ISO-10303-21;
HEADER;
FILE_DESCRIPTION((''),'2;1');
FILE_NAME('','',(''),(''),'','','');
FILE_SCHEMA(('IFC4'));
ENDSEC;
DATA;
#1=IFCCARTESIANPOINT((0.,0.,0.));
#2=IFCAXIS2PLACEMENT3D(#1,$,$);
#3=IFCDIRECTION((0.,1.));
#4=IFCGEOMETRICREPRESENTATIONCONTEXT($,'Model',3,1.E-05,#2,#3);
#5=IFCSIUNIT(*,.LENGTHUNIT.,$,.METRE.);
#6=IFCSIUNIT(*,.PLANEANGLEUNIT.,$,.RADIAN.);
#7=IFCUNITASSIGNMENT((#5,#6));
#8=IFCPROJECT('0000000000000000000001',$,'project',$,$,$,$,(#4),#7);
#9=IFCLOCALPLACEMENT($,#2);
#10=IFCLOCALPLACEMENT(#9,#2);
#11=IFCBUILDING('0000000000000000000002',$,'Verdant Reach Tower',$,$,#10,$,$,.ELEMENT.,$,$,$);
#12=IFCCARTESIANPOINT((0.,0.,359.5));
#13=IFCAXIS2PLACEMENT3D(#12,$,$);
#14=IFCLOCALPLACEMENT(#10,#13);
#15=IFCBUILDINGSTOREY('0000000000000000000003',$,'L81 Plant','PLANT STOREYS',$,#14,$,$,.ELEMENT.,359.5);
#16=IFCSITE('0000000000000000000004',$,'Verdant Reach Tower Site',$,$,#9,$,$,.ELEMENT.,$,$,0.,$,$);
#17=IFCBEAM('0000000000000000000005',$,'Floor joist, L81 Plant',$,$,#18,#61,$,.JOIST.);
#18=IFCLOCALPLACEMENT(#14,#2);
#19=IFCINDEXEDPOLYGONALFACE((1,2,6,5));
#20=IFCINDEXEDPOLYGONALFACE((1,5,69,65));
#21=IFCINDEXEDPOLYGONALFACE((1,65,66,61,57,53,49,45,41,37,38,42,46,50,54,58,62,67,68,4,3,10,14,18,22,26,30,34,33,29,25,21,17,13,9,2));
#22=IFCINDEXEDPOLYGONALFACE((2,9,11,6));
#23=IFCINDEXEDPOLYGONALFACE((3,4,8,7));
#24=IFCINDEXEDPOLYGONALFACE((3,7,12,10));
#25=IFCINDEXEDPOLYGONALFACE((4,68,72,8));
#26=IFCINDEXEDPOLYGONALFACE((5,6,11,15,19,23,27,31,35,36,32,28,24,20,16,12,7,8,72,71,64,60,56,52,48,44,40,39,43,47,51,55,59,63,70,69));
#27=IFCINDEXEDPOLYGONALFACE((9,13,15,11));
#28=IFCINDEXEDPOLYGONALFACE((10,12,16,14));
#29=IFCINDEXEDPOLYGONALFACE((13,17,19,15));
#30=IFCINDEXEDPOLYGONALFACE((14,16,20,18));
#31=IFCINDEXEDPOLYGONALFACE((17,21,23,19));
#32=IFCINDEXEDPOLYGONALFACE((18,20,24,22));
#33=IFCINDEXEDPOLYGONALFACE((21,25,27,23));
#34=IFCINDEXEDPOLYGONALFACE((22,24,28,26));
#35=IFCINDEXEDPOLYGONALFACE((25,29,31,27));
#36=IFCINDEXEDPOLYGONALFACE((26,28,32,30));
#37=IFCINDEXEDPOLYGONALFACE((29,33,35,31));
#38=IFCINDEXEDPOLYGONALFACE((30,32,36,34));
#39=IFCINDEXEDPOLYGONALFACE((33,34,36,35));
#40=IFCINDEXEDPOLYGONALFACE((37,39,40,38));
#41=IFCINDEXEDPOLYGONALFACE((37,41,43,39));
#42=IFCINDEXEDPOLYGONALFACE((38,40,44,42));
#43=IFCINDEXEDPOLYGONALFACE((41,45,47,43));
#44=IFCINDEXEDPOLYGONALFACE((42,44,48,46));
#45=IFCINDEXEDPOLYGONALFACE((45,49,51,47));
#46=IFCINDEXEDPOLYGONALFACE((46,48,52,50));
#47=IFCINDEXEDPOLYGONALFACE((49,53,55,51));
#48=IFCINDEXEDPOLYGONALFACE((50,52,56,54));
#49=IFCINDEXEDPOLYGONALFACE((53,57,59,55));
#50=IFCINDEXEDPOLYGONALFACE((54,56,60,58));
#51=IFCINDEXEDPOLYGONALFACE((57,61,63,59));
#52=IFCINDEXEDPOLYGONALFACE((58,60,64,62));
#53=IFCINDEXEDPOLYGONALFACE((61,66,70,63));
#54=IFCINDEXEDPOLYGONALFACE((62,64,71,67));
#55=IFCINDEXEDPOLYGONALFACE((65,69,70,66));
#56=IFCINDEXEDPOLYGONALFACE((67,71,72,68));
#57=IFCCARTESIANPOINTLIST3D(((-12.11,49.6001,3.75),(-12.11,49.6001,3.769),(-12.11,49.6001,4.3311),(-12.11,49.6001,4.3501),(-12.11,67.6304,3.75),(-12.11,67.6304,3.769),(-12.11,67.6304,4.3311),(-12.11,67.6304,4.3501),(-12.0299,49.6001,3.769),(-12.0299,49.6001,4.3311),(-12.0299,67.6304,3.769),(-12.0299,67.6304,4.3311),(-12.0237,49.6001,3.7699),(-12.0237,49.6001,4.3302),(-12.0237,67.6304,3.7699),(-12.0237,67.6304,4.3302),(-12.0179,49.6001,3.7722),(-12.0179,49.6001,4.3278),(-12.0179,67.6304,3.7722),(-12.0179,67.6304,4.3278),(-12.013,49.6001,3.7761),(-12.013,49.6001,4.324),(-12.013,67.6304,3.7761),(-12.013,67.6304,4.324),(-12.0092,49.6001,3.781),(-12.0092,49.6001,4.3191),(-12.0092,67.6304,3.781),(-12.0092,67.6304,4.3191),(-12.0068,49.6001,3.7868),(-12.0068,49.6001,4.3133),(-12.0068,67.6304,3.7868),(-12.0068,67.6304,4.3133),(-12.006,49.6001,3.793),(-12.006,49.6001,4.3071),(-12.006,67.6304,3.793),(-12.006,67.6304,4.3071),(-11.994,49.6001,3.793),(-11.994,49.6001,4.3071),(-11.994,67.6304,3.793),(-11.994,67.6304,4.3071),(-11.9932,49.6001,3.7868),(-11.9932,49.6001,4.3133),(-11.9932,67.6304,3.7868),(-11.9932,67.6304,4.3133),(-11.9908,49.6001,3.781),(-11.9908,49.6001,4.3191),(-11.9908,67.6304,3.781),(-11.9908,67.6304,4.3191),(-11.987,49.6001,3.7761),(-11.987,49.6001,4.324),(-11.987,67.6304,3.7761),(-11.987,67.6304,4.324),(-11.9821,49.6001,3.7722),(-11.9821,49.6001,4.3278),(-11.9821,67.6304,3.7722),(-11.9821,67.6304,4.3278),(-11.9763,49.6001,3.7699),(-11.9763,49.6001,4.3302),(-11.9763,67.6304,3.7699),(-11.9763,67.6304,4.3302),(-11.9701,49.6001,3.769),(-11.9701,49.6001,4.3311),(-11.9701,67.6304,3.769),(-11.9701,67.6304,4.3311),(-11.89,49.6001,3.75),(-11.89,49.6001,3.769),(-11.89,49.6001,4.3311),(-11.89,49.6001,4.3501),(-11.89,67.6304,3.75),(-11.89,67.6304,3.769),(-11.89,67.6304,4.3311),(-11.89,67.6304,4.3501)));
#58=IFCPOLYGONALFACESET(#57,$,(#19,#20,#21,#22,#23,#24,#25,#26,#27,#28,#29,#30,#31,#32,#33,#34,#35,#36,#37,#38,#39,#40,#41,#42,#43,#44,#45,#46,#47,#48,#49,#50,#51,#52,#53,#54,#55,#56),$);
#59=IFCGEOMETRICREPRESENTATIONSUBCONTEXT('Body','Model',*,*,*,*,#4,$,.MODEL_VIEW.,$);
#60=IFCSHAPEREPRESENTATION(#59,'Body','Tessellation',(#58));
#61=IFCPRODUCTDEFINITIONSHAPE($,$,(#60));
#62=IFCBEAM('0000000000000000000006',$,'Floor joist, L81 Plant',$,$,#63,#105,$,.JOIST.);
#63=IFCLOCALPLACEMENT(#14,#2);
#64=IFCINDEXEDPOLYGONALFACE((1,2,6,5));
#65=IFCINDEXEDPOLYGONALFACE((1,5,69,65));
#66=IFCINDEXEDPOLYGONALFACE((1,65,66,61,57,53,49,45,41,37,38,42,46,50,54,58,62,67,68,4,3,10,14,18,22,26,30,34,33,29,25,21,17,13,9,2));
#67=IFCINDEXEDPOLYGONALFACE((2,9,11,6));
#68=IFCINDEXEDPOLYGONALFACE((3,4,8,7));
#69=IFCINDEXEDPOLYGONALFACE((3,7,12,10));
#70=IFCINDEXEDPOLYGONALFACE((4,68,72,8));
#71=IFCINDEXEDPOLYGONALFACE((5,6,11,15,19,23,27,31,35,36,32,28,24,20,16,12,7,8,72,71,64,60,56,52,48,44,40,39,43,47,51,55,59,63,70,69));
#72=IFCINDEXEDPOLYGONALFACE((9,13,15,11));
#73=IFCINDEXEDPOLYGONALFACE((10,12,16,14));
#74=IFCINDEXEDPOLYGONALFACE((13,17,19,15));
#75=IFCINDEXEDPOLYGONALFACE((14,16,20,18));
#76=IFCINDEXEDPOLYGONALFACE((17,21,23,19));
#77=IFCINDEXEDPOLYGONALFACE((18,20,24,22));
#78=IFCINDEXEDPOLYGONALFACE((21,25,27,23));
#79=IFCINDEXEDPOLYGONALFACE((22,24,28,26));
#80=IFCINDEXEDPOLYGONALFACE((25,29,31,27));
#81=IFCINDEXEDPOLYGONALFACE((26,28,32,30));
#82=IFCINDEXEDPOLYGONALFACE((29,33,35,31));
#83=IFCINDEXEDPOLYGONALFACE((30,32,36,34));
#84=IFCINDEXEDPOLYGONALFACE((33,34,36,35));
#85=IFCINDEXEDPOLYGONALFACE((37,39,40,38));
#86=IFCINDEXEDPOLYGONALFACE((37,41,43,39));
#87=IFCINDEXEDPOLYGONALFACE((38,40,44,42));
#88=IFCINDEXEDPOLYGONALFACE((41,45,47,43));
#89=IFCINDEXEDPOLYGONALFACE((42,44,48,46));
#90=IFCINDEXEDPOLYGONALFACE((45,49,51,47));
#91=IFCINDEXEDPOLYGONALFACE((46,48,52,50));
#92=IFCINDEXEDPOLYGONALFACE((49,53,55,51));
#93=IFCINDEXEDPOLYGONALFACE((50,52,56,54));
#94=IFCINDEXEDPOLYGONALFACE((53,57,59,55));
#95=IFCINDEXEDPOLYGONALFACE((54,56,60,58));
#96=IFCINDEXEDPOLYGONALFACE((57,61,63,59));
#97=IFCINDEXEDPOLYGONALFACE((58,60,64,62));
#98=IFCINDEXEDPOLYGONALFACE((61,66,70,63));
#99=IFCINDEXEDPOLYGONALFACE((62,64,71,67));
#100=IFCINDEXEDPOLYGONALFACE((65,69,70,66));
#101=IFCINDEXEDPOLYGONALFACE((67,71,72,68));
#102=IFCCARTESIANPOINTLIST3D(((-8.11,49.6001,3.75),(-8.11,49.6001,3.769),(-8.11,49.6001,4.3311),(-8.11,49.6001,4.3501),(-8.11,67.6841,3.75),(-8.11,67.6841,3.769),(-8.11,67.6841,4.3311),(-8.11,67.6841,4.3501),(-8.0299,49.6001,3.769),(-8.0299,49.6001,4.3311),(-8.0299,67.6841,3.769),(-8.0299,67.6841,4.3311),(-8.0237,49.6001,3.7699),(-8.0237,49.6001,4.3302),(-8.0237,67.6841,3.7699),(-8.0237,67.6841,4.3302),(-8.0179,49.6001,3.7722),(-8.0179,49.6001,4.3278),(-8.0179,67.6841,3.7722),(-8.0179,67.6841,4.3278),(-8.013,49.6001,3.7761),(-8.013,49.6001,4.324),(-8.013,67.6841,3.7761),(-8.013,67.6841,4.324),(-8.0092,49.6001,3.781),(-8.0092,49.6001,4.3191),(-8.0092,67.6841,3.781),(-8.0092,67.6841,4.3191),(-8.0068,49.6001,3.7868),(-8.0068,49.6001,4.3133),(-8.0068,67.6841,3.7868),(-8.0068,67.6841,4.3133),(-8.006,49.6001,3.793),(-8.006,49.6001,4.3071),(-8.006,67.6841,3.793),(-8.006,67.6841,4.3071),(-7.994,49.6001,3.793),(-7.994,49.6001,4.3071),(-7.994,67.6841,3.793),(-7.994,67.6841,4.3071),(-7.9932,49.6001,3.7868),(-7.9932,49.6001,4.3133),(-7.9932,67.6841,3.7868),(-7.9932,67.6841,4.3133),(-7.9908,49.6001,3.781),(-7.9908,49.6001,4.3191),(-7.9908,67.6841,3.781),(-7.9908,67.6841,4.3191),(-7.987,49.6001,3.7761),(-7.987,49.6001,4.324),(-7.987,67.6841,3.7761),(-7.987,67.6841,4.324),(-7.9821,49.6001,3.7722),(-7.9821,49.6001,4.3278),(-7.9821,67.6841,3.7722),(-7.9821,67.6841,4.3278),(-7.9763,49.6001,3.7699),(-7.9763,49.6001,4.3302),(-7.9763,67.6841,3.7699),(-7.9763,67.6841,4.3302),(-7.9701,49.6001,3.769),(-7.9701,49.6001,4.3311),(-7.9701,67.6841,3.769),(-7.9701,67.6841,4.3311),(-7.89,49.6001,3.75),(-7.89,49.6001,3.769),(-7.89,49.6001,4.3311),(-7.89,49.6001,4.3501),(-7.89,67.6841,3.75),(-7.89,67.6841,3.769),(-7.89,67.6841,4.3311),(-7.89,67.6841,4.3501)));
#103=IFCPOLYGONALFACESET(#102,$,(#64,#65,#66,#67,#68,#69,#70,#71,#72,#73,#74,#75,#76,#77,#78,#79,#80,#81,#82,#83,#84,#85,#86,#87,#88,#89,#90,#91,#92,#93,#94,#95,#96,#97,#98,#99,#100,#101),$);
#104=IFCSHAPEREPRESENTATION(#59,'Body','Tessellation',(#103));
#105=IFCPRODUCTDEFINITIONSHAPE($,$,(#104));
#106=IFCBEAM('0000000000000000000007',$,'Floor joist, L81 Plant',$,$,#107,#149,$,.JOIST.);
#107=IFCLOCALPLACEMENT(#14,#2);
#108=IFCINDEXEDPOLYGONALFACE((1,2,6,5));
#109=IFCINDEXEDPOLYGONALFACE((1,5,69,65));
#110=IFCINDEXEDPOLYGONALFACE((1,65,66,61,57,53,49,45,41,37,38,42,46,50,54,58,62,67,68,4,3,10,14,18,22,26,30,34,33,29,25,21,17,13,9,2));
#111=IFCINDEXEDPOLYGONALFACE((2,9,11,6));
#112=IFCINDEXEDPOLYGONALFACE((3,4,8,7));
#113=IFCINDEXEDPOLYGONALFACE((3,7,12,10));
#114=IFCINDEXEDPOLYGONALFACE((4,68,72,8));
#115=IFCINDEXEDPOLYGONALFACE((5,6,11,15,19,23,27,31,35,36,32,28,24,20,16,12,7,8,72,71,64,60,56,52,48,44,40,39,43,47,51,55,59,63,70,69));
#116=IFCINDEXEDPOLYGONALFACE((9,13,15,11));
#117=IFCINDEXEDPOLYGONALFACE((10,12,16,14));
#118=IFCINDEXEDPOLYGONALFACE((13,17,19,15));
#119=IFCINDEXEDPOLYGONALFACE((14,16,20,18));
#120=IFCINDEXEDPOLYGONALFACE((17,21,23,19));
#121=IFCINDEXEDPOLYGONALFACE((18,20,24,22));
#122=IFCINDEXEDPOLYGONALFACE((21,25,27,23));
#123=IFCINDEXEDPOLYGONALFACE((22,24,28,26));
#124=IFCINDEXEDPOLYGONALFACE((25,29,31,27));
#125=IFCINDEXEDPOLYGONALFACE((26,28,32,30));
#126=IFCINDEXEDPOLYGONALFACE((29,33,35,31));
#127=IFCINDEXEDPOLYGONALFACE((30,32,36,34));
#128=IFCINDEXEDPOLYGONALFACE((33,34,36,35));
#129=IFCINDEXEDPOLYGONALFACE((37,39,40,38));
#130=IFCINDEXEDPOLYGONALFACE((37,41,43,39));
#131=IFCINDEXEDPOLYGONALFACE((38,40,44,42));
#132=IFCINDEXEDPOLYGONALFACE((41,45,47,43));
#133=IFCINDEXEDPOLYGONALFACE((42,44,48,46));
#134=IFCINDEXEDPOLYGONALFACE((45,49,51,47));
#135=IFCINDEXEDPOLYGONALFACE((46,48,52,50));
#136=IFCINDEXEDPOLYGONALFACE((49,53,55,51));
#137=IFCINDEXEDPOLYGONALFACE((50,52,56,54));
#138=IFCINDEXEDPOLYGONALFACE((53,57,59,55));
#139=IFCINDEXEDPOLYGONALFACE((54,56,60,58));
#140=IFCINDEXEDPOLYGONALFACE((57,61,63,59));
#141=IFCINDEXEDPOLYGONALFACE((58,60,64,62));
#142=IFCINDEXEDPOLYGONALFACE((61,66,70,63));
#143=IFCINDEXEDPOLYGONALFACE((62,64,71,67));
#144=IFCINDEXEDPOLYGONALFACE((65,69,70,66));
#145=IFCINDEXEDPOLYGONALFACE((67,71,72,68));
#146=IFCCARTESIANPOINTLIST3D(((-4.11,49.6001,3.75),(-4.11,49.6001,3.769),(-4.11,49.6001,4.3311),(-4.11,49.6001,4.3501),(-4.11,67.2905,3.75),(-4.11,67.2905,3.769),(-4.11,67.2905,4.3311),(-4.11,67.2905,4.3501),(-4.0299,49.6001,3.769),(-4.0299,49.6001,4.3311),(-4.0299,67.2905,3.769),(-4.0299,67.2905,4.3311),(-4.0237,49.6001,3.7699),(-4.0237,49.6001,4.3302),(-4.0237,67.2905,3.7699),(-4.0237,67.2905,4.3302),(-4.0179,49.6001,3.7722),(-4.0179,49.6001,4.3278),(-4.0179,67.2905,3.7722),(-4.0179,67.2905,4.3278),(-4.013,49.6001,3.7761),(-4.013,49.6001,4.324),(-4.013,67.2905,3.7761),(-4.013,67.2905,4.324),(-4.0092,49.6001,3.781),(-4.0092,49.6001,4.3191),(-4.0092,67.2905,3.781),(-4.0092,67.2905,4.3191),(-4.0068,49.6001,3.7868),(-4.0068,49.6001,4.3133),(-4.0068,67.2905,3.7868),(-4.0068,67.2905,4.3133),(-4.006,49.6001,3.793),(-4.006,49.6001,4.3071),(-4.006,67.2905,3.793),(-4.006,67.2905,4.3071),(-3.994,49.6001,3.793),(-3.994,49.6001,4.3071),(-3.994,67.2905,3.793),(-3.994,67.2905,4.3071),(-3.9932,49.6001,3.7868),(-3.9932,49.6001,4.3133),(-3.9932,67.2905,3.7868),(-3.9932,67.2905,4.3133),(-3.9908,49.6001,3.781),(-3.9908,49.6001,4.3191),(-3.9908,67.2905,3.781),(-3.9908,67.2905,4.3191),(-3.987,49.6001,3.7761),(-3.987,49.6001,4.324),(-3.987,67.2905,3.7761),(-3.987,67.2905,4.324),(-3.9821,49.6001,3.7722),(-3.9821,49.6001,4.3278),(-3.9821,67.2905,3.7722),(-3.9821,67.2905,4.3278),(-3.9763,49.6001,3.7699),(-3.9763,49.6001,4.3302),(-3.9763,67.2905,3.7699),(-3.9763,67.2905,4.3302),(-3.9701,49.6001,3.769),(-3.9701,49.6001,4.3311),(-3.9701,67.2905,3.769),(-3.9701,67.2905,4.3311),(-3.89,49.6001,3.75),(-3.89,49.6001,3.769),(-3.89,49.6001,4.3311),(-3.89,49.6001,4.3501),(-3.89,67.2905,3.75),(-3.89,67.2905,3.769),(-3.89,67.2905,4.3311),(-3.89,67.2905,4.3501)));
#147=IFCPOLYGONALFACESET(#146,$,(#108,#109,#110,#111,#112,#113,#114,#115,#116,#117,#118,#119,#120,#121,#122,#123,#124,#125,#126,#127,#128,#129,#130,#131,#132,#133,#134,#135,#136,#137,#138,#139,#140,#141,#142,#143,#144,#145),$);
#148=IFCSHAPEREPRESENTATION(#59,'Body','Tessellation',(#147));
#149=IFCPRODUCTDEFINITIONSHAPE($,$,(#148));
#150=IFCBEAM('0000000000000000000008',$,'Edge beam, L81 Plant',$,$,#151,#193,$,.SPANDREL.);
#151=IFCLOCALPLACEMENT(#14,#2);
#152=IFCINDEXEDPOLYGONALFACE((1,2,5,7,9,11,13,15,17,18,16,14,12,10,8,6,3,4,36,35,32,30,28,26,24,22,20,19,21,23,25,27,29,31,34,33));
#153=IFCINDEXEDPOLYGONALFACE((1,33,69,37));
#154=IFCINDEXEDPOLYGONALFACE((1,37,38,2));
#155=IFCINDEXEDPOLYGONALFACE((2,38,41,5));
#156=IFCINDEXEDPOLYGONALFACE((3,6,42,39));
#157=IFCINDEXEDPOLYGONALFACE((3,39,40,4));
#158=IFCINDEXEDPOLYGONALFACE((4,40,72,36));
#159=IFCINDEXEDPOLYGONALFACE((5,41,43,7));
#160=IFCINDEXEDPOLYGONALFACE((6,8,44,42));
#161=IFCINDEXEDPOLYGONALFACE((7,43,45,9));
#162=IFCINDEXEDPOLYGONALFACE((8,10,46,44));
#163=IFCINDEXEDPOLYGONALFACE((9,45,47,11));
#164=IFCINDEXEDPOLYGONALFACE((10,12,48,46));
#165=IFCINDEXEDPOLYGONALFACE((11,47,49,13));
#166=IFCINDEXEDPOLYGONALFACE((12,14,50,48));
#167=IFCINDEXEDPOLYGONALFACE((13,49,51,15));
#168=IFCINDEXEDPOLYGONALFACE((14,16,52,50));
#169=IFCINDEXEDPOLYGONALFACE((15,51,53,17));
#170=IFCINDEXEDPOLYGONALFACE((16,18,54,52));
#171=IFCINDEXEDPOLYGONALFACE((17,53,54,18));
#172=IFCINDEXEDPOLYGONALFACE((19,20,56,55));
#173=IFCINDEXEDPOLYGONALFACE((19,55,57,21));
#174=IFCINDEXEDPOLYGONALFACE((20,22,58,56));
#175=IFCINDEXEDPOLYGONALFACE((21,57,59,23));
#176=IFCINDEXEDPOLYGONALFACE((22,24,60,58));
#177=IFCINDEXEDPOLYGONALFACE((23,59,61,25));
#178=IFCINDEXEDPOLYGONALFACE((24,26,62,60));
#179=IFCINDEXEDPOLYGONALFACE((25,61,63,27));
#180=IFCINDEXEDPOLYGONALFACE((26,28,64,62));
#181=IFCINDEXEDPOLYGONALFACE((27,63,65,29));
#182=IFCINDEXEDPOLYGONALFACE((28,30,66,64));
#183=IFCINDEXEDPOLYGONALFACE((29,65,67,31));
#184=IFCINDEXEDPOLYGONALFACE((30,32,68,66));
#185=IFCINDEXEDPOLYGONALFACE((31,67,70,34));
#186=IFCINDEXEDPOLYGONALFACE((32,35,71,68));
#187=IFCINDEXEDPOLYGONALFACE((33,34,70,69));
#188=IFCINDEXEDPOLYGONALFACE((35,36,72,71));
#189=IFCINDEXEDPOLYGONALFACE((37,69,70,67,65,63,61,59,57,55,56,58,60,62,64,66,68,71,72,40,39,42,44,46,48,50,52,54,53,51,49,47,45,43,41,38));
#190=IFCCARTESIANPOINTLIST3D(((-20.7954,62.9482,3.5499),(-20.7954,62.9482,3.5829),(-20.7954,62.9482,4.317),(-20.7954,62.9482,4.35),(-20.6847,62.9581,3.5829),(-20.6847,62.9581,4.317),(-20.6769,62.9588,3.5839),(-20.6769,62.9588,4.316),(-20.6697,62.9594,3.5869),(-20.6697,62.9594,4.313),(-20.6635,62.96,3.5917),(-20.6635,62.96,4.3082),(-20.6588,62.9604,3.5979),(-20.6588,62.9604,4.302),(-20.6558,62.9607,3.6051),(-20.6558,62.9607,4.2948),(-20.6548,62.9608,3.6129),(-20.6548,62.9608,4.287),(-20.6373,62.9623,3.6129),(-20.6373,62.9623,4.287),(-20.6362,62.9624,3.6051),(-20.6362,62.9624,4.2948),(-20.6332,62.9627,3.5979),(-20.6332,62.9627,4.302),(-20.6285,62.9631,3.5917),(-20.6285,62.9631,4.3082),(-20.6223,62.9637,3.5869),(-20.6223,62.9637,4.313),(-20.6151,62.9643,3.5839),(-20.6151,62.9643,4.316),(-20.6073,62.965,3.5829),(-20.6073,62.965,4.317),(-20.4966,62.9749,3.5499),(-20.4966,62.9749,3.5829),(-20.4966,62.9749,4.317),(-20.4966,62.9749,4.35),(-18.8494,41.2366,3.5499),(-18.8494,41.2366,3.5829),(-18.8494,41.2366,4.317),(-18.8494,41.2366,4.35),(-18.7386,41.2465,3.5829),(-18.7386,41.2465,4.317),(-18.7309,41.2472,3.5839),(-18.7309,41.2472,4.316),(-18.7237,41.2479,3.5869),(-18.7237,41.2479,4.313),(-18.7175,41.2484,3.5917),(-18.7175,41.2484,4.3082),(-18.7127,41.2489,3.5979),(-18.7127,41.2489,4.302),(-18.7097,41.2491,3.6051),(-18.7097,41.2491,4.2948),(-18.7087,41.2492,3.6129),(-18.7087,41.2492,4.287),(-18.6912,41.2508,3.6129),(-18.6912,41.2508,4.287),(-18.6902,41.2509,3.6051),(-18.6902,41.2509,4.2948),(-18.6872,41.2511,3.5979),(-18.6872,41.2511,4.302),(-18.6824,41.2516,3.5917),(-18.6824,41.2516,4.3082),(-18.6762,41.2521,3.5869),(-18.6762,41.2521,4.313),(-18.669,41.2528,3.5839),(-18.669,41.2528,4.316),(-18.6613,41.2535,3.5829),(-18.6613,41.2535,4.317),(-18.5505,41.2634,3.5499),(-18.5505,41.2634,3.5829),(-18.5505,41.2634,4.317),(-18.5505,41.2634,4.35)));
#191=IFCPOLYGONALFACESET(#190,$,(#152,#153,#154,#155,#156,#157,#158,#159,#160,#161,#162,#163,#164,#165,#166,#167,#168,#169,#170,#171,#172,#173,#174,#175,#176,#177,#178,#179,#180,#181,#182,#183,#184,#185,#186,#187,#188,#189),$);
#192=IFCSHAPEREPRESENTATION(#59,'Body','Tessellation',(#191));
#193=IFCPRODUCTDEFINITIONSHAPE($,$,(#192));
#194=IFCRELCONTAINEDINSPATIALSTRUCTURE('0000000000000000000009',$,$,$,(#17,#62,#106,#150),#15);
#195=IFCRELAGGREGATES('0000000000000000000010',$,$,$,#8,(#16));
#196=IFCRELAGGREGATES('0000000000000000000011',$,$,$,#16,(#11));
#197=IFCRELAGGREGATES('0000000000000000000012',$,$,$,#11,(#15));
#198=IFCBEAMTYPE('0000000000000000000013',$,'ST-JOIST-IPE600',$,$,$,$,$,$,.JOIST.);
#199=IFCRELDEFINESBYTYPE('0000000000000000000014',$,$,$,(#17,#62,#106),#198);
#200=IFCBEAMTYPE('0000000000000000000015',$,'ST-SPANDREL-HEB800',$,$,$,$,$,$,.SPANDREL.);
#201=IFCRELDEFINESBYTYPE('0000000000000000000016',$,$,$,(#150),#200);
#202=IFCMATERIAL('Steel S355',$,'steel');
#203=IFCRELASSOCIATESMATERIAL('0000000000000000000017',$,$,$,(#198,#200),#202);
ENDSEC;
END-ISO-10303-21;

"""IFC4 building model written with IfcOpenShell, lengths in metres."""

from ifc_helpers import new_model, si_unit, direction, frame, origin, origin_2d, place, context, subcontext, project, spatial, i_section, extrude, material, material_profile, profile_set, type_object, element, save


model = new_model("IFC4")

# Units and contexts
model_context = context("Model", 3, precision=1e-05, world=origin(), true_north=direction((0.0, 1.0)))
body_context = subcontext(model_context, "Body", "Model", "MODEL_VIEW")
ifc_project = project(units=[si_unit("LENGTHUNIT", "METRE"), si_unit("PLANEANGLEUNIT", "RADIAN")], contexts=[model_context])

# Site, building, storey
site_placement = place(None, origin())
site = spatial("IfcSite", under=ifc_project, at=site_placement, Name="Verdant Reach Tower Site", CompositionType="ELEMENT", RefElevation=0.0)
building_placement = place(site_placement, origin())
building = spatial("IfcBuilding", under=site, at=building_placement, Name="Verdant Reach Tower", CompositionType="ELEMENT")
storey_placement = place(building_placement, frame((0.0, 0.0, 359.5)))
storey = spatial("IfcBuildingStorey", under=building, at=storey_placement, Name="L81 Plant", Description="PLANT STOREYS", CompositionType="ELEMENT", Elevation=359.5)

# Beams
ifc_material_1 = material(Name="Steel S355", Category="steel")
ifc_material_profile_1 = material_profile(ifc_material_1, i_section(OverallWidth=0.22, OverallDepth=0.6001, WebThickness=0.012, FlangeThickness=0.019, FilletRadius=0.0239, at=origin_2d()), Name="IPE 600")
ifc_profile_set_1 = profile_set([ifc_material_profile_1], Name="Steel S355")
beam_type_1 = type_object("IfcBeamType", Name="ST-JOIST-IPE600", PredefinedType="JOIST", material=ifc_profile_set_1)
beam_1_placement = place(storey_placement, frame((-12.0, 49.6001, 4.05), z_axis=(0.0, 1.0, 0.0), x_axis=(-1.0, 0.0, 0.0)))
element("IfcBeam", 1, at=beam_1_placement, inside=storey, type_object=beam_type_1, Name="Floor joist, L81 Plant", PredefinedType="JOIST", context=body_context, shape_type="SweptSolid", body=[
    extrude(i_section(OverallWidth=0.22, OverallDepth=0.6001, WebThickness=0.012, FlangeThickness=0.019, FilletRadius=0.0239, at=origin_2d()), origin(), (0.0, 0.0, 1.0), 18.0303),
])
beam_2_placement = place(storey_placement, frame((-8.0, 49.6001, 4.05), z_axis=(0.0, 1.0, 0.0), x_axis=(-1.0, 0.0, 0.0)))
element("IfcBeam", 2, at=beam_2_placement, inside=storey, type_object=beam_type_1, Name="Floor joist, L81 Plant", PredefinedType="JOIST", context=body_context, shape_type="SweptSolid", body=[
    extrude(i_section(OverallWidth=0.22, OverallDepth=0.6001, WebThickness=0.012, FlangeThickness=0.019, FilletRadius=0.0239, at=origin_2d()), origin(), (0.0, 0.0, 1.0), 18.084),
])
beam_3_placement = place(storey_placement, frame((-4.0, 49.6001, 4.05), z_axis=(0.0, 1.0, 0.0), x_axis=(-1.0, 0.0, 0.0)))
element("IfcBeam", 3, at=beam_3_placement, inside=storey, type_object=beam_type_1, Name="Floor joist, L81 Plant", PredefinedType="JOIST", context=body_context, shape_type="SweptSolid", body=[
    extrude(i_section(OverallWidth=0.22, OverallDepth=0.6001, WebThickness=0.012, FlangeThickness=0.019, FilletRadius=0.0239, at=origin_2d()), origin(), (0.0, 0.0, 1.0), 17.6904),
])
ifc_material_profile_2 = material_profile(ifc_material_1, i_section(OverallWidth=0.3, OverallDepth=0.8, WebThickness=0.0176, FlangeThickness=0.033, FilletRadius=0.03, at=origin_2d()), Name="HEB 800")
ifc_profile_set_2 = profile_set([ifc_material_profile_2], Name="Steel S355")
beam_type_2 = type_object("IfcBeamType", Name="ST-SPANDREL-HEB800", PredefinedType="SPANDREL", material=ifc_profile_set_2)
beam_4_placement = place(storey_placement, frame((-18.7, 41.25, 3.95), z_axis=(-0.089274, 0.996007, 0.0), x_axis=(-0.996007, -0.089274, 0.0)))
element("IfcBeam", 4, at=beam_4_placement, inside=storey, type_object=beam_type_2, Name="Edge beam, L81 Plant", PredefinedType="SPANDREL", context=body_context, shape_type="SweptSolid", body=[
    extrude(i_section(OverallWidth=0.3, OverallDepth=0.8, WebThickness=0.0176, FlangeThickness=0.033, FilletRadius=0.03, at=origin_2d()), origin(), (0.0, 0.0, 1.0), 21.7986),
])

save(model, "model.ifc")
